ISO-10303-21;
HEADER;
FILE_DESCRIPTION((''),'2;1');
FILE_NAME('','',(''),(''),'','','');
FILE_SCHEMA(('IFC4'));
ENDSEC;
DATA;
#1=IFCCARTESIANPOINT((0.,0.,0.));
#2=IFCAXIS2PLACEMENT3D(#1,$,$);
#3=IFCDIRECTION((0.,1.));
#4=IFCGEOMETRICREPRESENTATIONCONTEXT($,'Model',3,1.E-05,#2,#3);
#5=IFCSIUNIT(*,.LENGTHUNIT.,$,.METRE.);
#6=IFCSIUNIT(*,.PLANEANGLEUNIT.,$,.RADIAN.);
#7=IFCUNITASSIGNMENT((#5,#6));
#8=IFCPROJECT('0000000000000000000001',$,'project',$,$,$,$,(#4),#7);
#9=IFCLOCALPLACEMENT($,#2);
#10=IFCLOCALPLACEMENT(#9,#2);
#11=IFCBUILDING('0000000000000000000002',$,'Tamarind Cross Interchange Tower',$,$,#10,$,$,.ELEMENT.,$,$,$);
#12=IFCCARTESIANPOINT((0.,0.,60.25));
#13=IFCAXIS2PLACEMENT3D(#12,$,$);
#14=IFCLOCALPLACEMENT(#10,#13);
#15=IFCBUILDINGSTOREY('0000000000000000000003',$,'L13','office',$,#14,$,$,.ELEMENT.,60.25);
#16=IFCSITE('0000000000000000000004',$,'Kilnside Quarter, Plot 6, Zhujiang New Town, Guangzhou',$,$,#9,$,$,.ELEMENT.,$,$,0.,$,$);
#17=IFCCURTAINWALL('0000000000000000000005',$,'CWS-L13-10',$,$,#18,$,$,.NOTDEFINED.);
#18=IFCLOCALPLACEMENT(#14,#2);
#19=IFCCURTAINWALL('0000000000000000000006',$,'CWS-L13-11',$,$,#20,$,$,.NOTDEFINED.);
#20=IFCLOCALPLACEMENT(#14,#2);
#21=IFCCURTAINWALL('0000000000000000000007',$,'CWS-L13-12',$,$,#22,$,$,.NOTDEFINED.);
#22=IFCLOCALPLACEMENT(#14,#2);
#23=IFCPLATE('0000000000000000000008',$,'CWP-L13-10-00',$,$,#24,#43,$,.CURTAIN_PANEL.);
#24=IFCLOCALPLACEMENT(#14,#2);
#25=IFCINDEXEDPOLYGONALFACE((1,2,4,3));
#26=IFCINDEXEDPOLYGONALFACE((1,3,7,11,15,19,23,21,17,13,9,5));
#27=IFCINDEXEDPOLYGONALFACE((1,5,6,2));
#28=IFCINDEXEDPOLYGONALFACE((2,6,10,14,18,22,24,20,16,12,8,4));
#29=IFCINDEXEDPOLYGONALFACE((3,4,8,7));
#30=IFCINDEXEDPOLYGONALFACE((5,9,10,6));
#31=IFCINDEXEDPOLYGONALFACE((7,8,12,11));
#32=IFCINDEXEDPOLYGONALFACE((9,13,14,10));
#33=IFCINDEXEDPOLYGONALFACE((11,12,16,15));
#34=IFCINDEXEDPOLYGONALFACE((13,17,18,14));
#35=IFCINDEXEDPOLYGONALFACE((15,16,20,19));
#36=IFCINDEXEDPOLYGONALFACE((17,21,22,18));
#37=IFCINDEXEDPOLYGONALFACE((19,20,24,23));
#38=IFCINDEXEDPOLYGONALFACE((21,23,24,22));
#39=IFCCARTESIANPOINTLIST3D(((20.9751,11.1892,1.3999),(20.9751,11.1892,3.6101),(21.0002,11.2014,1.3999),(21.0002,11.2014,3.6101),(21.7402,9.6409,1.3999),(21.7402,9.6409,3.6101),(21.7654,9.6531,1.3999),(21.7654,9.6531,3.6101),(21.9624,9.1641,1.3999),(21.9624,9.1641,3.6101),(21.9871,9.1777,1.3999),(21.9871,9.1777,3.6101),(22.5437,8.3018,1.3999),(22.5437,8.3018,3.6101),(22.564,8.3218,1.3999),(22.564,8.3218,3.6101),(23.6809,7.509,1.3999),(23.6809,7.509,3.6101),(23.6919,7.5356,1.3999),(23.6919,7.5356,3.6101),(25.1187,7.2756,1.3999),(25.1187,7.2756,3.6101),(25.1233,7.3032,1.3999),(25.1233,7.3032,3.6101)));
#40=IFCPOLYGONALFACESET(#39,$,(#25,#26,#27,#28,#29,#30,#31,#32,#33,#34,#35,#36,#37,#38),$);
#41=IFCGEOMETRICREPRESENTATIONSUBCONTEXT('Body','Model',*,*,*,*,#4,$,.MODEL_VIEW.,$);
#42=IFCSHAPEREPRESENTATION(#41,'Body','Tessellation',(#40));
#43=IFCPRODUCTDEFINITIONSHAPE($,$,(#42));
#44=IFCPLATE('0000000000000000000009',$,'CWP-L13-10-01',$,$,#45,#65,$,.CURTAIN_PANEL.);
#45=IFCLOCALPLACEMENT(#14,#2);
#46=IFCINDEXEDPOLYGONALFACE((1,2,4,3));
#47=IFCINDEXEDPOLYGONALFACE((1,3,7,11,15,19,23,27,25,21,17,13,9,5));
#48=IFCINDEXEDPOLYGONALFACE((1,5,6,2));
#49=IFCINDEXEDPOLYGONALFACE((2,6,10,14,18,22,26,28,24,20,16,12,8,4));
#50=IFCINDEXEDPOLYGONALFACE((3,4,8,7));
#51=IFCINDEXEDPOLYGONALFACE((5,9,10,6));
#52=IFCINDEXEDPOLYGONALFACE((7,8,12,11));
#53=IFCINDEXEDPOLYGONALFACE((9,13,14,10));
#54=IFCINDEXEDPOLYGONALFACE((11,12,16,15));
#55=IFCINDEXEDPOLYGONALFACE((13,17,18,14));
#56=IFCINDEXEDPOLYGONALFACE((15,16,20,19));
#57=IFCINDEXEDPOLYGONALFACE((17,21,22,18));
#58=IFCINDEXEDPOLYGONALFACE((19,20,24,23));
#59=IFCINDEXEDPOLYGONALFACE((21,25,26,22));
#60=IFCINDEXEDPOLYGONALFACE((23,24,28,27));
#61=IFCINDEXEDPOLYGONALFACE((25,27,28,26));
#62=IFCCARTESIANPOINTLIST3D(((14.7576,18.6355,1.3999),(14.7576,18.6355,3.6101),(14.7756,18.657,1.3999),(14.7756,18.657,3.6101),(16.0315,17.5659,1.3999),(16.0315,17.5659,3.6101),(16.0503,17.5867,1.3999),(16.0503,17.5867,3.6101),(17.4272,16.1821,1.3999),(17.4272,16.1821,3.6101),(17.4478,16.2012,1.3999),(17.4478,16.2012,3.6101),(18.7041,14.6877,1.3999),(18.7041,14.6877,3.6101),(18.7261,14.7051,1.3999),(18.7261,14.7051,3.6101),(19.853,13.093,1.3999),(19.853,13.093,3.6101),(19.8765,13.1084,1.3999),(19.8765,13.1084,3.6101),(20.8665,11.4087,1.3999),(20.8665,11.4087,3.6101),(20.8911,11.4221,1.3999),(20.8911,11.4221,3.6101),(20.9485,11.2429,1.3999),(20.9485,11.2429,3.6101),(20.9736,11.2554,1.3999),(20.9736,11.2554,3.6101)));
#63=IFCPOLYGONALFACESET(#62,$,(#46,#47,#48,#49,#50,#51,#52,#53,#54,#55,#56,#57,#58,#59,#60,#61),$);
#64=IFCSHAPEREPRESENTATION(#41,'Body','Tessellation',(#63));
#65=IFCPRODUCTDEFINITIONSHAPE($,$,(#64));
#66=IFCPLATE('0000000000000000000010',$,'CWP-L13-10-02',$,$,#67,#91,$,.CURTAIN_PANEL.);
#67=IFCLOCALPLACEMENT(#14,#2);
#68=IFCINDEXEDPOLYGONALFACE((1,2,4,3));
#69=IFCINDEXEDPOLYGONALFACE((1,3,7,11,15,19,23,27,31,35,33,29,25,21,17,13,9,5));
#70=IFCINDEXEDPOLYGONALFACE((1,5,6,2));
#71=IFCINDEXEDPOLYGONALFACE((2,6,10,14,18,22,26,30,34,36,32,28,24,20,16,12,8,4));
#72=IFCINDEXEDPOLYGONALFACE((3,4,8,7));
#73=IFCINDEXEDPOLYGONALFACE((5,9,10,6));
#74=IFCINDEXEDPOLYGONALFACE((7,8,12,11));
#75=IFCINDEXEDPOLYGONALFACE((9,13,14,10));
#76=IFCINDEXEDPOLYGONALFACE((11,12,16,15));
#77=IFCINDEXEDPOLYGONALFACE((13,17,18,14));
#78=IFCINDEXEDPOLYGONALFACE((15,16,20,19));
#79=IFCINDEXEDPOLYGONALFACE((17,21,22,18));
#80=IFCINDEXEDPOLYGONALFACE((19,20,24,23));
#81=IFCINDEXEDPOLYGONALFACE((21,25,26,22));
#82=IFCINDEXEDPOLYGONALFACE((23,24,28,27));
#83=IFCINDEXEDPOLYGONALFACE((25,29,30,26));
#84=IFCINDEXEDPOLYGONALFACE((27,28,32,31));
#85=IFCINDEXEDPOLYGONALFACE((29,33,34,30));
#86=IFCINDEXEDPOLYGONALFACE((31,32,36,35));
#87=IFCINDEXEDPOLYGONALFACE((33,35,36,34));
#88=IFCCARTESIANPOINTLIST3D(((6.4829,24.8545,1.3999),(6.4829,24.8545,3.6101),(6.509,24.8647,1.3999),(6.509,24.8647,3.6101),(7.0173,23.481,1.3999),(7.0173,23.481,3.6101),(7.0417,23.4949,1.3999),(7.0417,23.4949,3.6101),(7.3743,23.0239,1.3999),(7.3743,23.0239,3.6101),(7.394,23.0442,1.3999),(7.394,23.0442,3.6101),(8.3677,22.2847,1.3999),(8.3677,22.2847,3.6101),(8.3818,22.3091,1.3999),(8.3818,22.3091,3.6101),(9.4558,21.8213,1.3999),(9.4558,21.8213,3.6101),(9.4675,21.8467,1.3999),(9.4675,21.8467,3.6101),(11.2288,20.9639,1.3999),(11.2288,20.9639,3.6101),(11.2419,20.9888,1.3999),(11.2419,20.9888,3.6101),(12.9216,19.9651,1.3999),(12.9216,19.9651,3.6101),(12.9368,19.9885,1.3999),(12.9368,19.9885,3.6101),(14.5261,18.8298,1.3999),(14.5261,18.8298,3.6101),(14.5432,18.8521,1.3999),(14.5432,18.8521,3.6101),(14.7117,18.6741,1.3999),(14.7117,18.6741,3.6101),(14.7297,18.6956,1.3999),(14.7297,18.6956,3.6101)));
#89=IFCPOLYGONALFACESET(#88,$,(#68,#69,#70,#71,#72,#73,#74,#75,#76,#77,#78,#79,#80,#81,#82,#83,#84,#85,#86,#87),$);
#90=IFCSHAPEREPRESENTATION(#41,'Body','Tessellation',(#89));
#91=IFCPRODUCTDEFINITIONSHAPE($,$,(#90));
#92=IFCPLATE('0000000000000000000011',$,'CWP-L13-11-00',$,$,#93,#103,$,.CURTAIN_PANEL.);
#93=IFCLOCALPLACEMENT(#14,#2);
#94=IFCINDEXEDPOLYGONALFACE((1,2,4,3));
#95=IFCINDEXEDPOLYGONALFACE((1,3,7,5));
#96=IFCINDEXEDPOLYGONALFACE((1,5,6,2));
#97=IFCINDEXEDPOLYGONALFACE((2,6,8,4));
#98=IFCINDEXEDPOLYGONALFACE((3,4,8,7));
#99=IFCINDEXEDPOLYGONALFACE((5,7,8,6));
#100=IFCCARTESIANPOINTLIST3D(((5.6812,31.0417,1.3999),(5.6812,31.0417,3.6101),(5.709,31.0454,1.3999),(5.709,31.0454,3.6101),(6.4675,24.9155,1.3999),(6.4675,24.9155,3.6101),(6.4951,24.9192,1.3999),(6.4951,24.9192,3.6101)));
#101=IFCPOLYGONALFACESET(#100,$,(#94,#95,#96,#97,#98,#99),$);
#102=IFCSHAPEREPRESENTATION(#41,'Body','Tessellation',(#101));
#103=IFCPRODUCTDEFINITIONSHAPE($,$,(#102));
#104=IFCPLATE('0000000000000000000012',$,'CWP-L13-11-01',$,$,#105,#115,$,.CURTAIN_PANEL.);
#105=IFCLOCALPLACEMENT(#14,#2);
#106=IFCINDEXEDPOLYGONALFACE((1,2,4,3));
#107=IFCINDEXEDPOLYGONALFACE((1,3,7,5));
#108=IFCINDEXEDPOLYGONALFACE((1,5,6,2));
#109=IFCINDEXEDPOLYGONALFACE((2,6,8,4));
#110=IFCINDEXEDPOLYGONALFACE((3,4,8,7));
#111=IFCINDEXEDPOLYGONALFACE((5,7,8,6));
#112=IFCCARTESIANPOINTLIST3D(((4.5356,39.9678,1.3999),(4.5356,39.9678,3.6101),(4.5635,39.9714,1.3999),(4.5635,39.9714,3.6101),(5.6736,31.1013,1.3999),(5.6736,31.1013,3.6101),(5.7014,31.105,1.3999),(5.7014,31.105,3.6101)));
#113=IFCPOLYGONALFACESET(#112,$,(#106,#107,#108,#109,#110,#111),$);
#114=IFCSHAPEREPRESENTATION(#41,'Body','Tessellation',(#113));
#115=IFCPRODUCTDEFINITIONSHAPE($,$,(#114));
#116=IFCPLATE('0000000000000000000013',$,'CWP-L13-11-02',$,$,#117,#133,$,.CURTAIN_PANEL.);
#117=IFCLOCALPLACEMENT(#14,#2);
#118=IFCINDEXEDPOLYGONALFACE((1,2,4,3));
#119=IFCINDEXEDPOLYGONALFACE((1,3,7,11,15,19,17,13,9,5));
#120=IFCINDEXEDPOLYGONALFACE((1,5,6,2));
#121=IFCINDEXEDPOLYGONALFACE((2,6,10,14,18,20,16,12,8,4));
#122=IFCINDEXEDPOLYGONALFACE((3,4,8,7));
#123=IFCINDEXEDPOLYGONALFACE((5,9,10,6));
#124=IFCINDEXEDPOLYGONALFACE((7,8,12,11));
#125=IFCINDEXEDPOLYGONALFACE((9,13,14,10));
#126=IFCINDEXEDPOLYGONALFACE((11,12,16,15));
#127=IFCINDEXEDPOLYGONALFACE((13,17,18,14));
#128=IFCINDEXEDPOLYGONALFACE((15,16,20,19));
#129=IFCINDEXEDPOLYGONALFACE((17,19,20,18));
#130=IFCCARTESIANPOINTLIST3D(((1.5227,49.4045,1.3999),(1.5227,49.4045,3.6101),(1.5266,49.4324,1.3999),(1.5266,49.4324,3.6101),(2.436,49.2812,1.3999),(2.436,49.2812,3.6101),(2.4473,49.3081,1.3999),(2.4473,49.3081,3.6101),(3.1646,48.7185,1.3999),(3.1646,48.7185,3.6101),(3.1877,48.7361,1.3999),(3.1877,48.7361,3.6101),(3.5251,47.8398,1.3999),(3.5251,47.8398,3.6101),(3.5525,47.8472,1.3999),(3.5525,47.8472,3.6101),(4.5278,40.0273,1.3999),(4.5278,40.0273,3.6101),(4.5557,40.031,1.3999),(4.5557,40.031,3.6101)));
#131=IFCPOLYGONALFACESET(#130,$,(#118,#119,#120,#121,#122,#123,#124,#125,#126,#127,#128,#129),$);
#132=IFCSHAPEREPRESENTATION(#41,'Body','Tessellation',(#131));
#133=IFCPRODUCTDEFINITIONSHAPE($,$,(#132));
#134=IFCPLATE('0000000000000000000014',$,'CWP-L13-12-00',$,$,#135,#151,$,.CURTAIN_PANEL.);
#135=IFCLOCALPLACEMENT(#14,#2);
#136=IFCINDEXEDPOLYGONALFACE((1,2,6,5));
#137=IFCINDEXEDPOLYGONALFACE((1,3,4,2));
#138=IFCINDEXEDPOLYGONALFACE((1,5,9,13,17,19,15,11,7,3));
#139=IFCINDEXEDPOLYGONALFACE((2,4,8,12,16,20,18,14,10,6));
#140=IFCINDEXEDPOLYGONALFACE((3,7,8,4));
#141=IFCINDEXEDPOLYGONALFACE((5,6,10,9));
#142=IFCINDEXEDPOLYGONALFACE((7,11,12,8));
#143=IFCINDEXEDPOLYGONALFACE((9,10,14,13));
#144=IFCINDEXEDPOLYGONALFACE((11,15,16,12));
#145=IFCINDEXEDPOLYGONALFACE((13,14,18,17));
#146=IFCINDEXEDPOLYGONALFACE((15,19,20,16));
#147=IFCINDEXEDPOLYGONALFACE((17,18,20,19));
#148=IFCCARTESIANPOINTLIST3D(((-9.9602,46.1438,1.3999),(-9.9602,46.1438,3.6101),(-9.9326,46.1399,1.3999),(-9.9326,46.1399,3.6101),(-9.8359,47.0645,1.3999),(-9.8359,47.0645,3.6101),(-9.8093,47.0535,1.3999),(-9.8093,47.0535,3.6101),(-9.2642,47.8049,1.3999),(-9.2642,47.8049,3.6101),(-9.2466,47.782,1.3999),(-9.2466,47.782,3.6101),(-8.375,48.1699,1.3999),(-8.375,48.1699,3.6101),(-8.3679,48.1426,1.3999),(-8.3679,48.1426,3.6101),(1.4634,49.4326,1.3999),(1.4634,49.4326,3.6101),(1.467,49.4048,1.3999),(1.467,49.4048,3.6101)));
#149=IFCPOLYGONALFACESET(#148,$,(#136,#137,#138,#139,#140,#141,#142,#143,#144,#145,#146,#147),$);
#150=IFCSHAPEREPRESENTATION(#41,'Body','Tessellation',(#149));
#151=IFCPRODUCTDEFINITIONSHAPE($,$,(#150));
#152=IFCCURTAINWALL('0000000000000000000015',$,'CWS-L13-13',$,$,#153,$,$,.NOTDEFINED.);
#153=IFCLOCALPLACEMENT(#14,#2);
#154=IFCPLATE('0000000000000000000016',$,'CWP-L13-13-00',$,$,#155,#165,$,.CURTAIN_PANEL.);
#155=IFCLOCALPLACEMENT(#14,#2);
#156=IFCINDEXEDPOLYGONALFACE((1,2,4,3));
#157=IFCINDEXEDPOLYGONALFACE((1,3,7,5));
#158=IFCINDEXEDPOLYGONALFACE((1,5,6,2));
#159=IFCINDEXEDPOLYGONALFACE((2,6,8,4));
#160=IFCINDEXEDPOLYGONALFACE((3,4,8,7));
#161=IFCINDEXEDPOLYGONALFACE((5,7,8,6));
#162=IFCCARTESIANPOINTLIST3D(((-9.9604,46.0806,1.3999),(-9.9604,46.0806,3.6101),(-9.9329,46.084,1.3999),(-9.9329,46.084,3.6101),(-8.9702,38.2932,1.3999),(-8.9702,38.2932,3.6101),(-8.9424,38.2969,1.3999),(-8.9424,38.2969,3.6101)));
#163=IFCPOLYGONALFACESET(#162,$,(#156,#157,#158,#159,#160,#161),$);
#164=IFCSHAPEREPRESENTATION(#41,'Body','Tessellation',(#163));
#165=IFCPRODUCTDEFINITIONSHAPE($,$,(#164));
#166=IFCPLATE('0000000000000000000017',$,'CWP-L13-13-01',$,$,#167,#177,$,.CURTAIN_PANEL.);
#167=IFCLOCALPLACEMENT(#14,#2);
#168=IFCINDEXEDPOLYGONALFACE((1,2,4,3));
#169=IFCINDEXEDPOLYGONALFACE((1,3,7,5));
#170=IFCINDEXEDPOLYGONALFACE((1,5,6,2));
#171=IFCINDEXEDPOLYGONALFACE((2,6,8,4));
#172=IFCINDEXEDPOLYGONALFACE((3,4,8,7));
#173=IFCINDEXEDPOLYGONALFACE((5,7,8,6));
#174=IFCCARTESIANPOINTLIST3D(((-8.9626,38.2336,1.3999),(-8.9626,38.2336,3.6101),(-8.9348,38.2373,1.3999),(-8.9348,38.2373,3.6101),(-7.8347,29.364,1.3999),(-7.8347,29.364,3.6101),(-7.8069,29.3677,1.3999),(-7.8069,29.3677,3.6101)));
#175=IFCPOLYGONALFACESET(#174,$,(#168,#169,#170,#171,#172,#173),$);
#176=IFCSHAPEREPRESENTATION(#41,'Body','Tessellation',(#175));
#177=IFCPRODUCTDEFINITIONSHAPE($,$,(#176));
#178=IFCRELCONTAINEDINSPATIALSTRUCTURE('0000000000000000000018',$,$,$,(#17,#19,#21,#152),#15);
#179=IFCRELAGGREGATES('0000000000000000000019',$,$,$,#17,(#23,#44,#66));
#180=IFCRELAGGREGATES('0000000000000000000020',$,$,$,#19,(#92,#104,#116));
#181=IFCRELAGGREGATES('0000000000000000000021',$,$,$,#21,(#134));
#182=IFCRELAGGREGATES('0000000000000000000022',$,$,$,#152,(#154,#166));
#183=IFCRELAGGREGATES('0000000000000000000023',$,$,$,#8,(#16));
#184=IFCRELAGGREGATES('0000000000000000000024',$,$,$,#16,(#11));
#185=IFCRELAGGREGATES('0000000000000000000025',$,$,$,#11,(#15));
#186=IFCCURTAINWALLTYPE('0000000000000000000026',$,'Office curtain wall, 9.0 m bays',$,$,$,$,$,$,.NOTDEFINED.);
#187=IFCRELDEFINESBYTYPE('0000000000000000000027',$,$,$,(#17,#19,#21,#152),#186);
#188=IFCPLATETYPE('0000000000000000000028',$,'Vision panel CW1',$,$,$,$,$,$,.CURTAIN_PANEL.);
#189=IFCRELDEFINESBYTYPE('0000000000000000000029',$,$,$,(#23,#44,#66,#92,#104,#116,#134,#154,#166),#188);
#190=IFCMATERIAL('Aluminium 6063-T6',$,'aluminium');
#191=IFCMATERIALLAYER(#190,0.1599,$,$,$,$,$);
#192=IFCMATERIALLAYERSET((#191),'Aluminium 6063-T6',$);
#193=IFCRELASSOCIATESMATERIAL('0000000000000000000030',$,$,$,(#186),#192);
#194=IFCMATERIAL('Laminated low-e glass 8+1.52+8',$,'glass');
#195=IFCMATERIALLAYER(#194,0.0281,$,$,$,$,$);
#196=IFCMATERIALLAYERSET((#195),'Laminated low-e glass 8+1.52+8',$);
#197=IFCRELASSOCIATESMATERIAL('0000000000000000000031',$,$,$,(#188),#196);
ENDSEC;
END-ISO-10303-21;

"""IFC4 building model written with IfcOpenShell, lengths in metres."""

from ifc_helpers import new_model, si_unit, direction, frame, origin, place, context, subcontext, project, spatial, polyline, outline, extrude, material, layer, layer_set, type_object, element, aggregate, save


model = new_model("IFC4")

# Units and contexts
model_context = context("Model", 3, precision=1e-05, world=origin(), true_north=direction((0.0, 1.0)))
body_context = subcontext(model_context, "Body", "Model", "MODEL_VIEW")
ifc_project = project(units=[si_unit("LENGTHUNIT", "METRE"), si_unit("PLANEANGLEUNIT", "RADIAN")], contexts=[model_context])

# Site, building, storey
site_placement = place(None, origin())
site = spatial("IfcSite", under=ifc_project, at=site_placement, Name="Kilnside Quarter, Plot 6, Zhujiang New Town, Guangzhou", CompositionType="ELEMENT", RefElevation=0.0)
building_placement = place(site_placement, origin())
building = spatial("IfcBuilding", under=site, at=building_placement, Name="Tamarind Cross Interchange Tower", CompositionType="ELEMENT")
storey_placement = place(building_placement, frame((0.0, 0.0, 60.25)))
storey = spatial("IfcBuildingStorey", under=building, at=storey_placement, Name="L13", Description="office", CompositionType="ELEMENT", Elevation=60.25)

# Curtain walls
ifc_material_1 = material(Name="Aluminium 6063-T6", Category="aluminium")
ifc_layer_1 = layer(ifc_material_1, 0.1599)
ifc_layer_set_1 = layer_set([ifc_layer_1], Name="Aluminium 6063-T6")
curtain_wall_type = type_object("IfcCurtainWallType", Name="Office curtain wall, 9.0 m bays", PredefinedType="NOTDEFINED", material=ifc_layer_set_1)
curtain_wall_1_placement = place(storey_placement, origin())
curtain_wall_1 = element("IfcCurtainWall", 1, at=curtain_wall_1_placement, inside=storey, type_object=curtain_wall_type, Name="CWS-L13-10", PredefinedType="NOTDEFINED")
curtain_wall_2_placement = place(storey_placement, origin())
curtain_wall_2 = element("IfcCurtainWall", 2, at=curtain_wall_2_placement, inside=storey, type_object=curtain_wall_type, Name="CWS-L13-11", PredefinedType="NOTDEFINED")
curtain_wall_3_placement = place(storey_placement, origin())
curtain_wall_3 = element("IfcCurtainWall", 3, at=curtain_wall_3_placement, inside=storey, type_object=curtain_wall_type, Name="CWS-L13-12", PredefinedType="NOTDEFINED")

# Plates
ifc_material_2 = material(Name="Laminated low-e glass 8+1.52+8", Category="glass")
ifc_layer_2 = layer(ifc_material_2, 0.0281)
ifc_layer_set_2 = layer_set([ifc_layer_2], Name="Laminated low-e glass 8+1.52+8")
plate_type = type_object("IfcPlateType", Name="Vision panel CW1", PredefinedType="CURTAIN_PANEL", material=ifc_layer_set_2)
plate_1_placement = place(storey_placement, frame((0.0, 0.0, 1.3999)))
plate_1 = element("IfcPlate", 4, at=plate_1_placement, type_object=plate_type, Name="CWP-L13-10-00", PredefinedType="CURTAIN_PANEL", context=body_context, shape_type="SweptSolid", body=[
    extrude(outline(polyline([(25.1187, 7.2756), (23.6809, 7.509), (22.5437, 8.3018), (21.9624, 9.1641), (21.7402, 9.6409), (20.9751, 11.1892), (21.0002, 11.2014), (21.7654, 9.6531), (21.9871, 9.1777), (22.564, 8.3218), (23.6919, 7.5356), (25.1233, 7.3032), (25.1187, 7.2756)])), origin(), (0.0, 0.0, 1.0), 2.2102),
])
plate_2_placement = place(storey_placement, frame((0.0, 0.0, 1.3999)))
plate_2 = element("IfcPlate", 5, at=plate_2_placement, type_object=plate_type, Name="CWP-L13-10-01", PredefinedType="CURTAIN_PANEL", context=body_context, shape_type="SweptSolid", body=[
    extrude(outline(polyline([(20.9485, 11.2429), (20.8665, 11.4087), (19.853, 13.093), (18.7041, 14.6877), (17.4272, 16.1821), (16.0315, 17.5659), (14.7576, 18.6355), (14.7756, 18.657), (16.0503, 17.5867), (17.4478, 16.2012), (18.7261, 14.7051), (19.8765, 13.1084), (20.8911, 11.4221), (20.9736, 11.2554), (20.9485, 11.2429)])), origin(), (0.0, 0.0, 1.0), 2.2102),
])
plate_3_placement = place(storey_placement, frame((0.0, 0.0, 1.3999)))
plate_3 = element("IfcPlate", 6, at=plate_3_placement, type_object=plate_type, Name="CWP-L13-10-02", PredefinedType="CURTAIN_PANEL", context=body_context, shape_type="SweptSolid", body=[
    extrude(outline(polyline([(14.7117, 18.6741), (14.5261, 18.8298), (12.9216, 19.9651), (11.2288, 20.9639), (9.4558, 21.8213), (8.3677, 22.2847), (7.3743, 23.0239), (7.0173, 23.481), (6.4829, 24.8545), (6.509, 24.8647), (7.0417, 23.4949), (7.394, 23.0442), (8.3818, 22.3091), (9.4675, 21.8467), (11.2419, 20.9888), (12.9368, 19.9885), (14.5432, 18.8521), (14.7297, 18.6956), (14.7117, 18.6741)])), origin(), (0.0, 0.0, 1.0), 2.2102),
])
aggregate(curtain_wall_1, [plate_1, plate_2, plate_3])
plate_4_placement = place(storey_placement, frame((0.0, 0.0, 1.3999)))
plate_4 = element("IfcPlate", 7, at=plate_4_placement, type_object=plate_type, Name="CWP-L13-11-00", PredefinedType="CURTAIN_PANEL", context=body_context, shape_type="SweptSolid", body=[
    extrude(outline(polyline([(6.4675, 24.9155), (5.6812, 31.0417), (5.709, 31.0454), (6.4951, 24.9192), (6.4675, 24.9155)])), origin(), (0.0, 0.0, 1.0), 2.2102),
])
plate_5_placement = place(storey_placement, frame((0.0, 0.0, 1.3999)))
plate_5 = element("IfcPlate", 8, at=plate_5_placement, type_object=plate_type, Name="CWP-L13-11-01", PredefinedType="CURTAIN_PANEL", context=body_context, shape_type="SweptSolid", body=[
    extrude(outline(polyline([(5.6736, 31.1013), (4.5356, 39.9678), (4.5635, 39.9714), (5.7014, 31.105), (5.6736, 31.1013)])), origin(), (0.0, 0.0, 1.0), 2.2102),
])
plate_6_placement = place(storey_placement, frame((0.0, 0.0, 1.3999)))
plate_6 = element("IfcPlate", 9, at=plate_6_placement, type_object=plate_type, Name="CWP-L13-11-02", PredefinedType="CURTAIN_PANEL", context=body_context, shape_type="SweptSolid", body=[
    extrude(outline(polyline([(4.5278, 40.0273), (3.5251, 47.8398), (3.1646, 48.7185), (2.436, 49.2812), (1.5227, 49.4045), (1.5266, 49.4324), (2.4473, 49.3081), (3.1877, 48.7361), (3.5525, 47.8472), (4.5557, 40.031), (4.5278, 40.0273)])), origin(), (0.0, 0.0, 1.0), 2.2102),
])
aggregate(curtain_wall_2, [plate_4, plate_5, plate_6])
plate_7_placement = place(storey_placement, frame((0.0, 0.0, 1.3999)))
plate_7 = element("IfcPlate", 10, at=plate_7_placement, type_object=plate_type, Name="CWP-L13-12-00", PredefinedType="CURTAIN_PANEL", context=body_context, shape_type="SweptSolid", body=[
    extrude(outline(polyline([(1.467, 49.4048), (-8.3679, 48.1426), (-9.2466, 47.782), (-9.8093, 47.0535), (-9.9326, 46.1399), (-9.9602, 46.1438), (-9.8359, 47.0645), (-9.2642, 47.8049), (-8.375, 48.1699), (1.4634, 49.4326), (1.467, 49.4048)])), origin(), (0.0, 0.0, 1.0), 2.2102),
])
aggregate(curtain_wall_3, [plate_7])

# Curtain wall, plates
curtain_wall_4_placement = place(storey_placement, origin())
curtain_wall_4 = element("IfcCurtainWall", 11, at=curtain_wall_4_placement, inside=storey, type_object=curtain_wall_type, Name="CWS-L13-13", PredefinedType="NOTDEFINED")
plate_8_placement = place(storey_placement, frame((0.0, 0.0, 1.3999)))
plate_8 = element("IfcPlate", 12, at=plate_8_placement, type_object=plate_type, Name="CWP-L13-13-00", PredefinedType="CURTAIN_PANEL", context=body_context, shape_type="SweptSolid", body=[
    extrude(outline(polyline([(-9.9329, 46.084), (-8.9424, 38.2969), (-8.9702, 38.2932), (-9.9604, 46.0806), (-9.9329, 46.084)])), origin(), (0.0, 0.0, 1.0), 2.2102),
])
plate_9_placement = place(storey_placement, frame((0.0, 0.0, 1.3999)))
plate_9 = element("IfcPlate", 13, at=plate_9_placement, type_object=plate_type, Name="CWP-L13-13-01", PredefinedType="CURTAIN_PANEL", context=body_context, shape_type="SweptSolid", body=[
    extrude(outline(polyline([(-8.9348, 38.2373), (-7.8069, 29.3677), (-7.8347, 29.364), (-8.9626, 38.2336), (-8.9348, 38.2373)])), origin(), (0.0, 0.0, 1.0), 2.2102),
])
aggregate(curtain_wall_4, [plate_8, plate_9])

save(model, "model.ifc")
